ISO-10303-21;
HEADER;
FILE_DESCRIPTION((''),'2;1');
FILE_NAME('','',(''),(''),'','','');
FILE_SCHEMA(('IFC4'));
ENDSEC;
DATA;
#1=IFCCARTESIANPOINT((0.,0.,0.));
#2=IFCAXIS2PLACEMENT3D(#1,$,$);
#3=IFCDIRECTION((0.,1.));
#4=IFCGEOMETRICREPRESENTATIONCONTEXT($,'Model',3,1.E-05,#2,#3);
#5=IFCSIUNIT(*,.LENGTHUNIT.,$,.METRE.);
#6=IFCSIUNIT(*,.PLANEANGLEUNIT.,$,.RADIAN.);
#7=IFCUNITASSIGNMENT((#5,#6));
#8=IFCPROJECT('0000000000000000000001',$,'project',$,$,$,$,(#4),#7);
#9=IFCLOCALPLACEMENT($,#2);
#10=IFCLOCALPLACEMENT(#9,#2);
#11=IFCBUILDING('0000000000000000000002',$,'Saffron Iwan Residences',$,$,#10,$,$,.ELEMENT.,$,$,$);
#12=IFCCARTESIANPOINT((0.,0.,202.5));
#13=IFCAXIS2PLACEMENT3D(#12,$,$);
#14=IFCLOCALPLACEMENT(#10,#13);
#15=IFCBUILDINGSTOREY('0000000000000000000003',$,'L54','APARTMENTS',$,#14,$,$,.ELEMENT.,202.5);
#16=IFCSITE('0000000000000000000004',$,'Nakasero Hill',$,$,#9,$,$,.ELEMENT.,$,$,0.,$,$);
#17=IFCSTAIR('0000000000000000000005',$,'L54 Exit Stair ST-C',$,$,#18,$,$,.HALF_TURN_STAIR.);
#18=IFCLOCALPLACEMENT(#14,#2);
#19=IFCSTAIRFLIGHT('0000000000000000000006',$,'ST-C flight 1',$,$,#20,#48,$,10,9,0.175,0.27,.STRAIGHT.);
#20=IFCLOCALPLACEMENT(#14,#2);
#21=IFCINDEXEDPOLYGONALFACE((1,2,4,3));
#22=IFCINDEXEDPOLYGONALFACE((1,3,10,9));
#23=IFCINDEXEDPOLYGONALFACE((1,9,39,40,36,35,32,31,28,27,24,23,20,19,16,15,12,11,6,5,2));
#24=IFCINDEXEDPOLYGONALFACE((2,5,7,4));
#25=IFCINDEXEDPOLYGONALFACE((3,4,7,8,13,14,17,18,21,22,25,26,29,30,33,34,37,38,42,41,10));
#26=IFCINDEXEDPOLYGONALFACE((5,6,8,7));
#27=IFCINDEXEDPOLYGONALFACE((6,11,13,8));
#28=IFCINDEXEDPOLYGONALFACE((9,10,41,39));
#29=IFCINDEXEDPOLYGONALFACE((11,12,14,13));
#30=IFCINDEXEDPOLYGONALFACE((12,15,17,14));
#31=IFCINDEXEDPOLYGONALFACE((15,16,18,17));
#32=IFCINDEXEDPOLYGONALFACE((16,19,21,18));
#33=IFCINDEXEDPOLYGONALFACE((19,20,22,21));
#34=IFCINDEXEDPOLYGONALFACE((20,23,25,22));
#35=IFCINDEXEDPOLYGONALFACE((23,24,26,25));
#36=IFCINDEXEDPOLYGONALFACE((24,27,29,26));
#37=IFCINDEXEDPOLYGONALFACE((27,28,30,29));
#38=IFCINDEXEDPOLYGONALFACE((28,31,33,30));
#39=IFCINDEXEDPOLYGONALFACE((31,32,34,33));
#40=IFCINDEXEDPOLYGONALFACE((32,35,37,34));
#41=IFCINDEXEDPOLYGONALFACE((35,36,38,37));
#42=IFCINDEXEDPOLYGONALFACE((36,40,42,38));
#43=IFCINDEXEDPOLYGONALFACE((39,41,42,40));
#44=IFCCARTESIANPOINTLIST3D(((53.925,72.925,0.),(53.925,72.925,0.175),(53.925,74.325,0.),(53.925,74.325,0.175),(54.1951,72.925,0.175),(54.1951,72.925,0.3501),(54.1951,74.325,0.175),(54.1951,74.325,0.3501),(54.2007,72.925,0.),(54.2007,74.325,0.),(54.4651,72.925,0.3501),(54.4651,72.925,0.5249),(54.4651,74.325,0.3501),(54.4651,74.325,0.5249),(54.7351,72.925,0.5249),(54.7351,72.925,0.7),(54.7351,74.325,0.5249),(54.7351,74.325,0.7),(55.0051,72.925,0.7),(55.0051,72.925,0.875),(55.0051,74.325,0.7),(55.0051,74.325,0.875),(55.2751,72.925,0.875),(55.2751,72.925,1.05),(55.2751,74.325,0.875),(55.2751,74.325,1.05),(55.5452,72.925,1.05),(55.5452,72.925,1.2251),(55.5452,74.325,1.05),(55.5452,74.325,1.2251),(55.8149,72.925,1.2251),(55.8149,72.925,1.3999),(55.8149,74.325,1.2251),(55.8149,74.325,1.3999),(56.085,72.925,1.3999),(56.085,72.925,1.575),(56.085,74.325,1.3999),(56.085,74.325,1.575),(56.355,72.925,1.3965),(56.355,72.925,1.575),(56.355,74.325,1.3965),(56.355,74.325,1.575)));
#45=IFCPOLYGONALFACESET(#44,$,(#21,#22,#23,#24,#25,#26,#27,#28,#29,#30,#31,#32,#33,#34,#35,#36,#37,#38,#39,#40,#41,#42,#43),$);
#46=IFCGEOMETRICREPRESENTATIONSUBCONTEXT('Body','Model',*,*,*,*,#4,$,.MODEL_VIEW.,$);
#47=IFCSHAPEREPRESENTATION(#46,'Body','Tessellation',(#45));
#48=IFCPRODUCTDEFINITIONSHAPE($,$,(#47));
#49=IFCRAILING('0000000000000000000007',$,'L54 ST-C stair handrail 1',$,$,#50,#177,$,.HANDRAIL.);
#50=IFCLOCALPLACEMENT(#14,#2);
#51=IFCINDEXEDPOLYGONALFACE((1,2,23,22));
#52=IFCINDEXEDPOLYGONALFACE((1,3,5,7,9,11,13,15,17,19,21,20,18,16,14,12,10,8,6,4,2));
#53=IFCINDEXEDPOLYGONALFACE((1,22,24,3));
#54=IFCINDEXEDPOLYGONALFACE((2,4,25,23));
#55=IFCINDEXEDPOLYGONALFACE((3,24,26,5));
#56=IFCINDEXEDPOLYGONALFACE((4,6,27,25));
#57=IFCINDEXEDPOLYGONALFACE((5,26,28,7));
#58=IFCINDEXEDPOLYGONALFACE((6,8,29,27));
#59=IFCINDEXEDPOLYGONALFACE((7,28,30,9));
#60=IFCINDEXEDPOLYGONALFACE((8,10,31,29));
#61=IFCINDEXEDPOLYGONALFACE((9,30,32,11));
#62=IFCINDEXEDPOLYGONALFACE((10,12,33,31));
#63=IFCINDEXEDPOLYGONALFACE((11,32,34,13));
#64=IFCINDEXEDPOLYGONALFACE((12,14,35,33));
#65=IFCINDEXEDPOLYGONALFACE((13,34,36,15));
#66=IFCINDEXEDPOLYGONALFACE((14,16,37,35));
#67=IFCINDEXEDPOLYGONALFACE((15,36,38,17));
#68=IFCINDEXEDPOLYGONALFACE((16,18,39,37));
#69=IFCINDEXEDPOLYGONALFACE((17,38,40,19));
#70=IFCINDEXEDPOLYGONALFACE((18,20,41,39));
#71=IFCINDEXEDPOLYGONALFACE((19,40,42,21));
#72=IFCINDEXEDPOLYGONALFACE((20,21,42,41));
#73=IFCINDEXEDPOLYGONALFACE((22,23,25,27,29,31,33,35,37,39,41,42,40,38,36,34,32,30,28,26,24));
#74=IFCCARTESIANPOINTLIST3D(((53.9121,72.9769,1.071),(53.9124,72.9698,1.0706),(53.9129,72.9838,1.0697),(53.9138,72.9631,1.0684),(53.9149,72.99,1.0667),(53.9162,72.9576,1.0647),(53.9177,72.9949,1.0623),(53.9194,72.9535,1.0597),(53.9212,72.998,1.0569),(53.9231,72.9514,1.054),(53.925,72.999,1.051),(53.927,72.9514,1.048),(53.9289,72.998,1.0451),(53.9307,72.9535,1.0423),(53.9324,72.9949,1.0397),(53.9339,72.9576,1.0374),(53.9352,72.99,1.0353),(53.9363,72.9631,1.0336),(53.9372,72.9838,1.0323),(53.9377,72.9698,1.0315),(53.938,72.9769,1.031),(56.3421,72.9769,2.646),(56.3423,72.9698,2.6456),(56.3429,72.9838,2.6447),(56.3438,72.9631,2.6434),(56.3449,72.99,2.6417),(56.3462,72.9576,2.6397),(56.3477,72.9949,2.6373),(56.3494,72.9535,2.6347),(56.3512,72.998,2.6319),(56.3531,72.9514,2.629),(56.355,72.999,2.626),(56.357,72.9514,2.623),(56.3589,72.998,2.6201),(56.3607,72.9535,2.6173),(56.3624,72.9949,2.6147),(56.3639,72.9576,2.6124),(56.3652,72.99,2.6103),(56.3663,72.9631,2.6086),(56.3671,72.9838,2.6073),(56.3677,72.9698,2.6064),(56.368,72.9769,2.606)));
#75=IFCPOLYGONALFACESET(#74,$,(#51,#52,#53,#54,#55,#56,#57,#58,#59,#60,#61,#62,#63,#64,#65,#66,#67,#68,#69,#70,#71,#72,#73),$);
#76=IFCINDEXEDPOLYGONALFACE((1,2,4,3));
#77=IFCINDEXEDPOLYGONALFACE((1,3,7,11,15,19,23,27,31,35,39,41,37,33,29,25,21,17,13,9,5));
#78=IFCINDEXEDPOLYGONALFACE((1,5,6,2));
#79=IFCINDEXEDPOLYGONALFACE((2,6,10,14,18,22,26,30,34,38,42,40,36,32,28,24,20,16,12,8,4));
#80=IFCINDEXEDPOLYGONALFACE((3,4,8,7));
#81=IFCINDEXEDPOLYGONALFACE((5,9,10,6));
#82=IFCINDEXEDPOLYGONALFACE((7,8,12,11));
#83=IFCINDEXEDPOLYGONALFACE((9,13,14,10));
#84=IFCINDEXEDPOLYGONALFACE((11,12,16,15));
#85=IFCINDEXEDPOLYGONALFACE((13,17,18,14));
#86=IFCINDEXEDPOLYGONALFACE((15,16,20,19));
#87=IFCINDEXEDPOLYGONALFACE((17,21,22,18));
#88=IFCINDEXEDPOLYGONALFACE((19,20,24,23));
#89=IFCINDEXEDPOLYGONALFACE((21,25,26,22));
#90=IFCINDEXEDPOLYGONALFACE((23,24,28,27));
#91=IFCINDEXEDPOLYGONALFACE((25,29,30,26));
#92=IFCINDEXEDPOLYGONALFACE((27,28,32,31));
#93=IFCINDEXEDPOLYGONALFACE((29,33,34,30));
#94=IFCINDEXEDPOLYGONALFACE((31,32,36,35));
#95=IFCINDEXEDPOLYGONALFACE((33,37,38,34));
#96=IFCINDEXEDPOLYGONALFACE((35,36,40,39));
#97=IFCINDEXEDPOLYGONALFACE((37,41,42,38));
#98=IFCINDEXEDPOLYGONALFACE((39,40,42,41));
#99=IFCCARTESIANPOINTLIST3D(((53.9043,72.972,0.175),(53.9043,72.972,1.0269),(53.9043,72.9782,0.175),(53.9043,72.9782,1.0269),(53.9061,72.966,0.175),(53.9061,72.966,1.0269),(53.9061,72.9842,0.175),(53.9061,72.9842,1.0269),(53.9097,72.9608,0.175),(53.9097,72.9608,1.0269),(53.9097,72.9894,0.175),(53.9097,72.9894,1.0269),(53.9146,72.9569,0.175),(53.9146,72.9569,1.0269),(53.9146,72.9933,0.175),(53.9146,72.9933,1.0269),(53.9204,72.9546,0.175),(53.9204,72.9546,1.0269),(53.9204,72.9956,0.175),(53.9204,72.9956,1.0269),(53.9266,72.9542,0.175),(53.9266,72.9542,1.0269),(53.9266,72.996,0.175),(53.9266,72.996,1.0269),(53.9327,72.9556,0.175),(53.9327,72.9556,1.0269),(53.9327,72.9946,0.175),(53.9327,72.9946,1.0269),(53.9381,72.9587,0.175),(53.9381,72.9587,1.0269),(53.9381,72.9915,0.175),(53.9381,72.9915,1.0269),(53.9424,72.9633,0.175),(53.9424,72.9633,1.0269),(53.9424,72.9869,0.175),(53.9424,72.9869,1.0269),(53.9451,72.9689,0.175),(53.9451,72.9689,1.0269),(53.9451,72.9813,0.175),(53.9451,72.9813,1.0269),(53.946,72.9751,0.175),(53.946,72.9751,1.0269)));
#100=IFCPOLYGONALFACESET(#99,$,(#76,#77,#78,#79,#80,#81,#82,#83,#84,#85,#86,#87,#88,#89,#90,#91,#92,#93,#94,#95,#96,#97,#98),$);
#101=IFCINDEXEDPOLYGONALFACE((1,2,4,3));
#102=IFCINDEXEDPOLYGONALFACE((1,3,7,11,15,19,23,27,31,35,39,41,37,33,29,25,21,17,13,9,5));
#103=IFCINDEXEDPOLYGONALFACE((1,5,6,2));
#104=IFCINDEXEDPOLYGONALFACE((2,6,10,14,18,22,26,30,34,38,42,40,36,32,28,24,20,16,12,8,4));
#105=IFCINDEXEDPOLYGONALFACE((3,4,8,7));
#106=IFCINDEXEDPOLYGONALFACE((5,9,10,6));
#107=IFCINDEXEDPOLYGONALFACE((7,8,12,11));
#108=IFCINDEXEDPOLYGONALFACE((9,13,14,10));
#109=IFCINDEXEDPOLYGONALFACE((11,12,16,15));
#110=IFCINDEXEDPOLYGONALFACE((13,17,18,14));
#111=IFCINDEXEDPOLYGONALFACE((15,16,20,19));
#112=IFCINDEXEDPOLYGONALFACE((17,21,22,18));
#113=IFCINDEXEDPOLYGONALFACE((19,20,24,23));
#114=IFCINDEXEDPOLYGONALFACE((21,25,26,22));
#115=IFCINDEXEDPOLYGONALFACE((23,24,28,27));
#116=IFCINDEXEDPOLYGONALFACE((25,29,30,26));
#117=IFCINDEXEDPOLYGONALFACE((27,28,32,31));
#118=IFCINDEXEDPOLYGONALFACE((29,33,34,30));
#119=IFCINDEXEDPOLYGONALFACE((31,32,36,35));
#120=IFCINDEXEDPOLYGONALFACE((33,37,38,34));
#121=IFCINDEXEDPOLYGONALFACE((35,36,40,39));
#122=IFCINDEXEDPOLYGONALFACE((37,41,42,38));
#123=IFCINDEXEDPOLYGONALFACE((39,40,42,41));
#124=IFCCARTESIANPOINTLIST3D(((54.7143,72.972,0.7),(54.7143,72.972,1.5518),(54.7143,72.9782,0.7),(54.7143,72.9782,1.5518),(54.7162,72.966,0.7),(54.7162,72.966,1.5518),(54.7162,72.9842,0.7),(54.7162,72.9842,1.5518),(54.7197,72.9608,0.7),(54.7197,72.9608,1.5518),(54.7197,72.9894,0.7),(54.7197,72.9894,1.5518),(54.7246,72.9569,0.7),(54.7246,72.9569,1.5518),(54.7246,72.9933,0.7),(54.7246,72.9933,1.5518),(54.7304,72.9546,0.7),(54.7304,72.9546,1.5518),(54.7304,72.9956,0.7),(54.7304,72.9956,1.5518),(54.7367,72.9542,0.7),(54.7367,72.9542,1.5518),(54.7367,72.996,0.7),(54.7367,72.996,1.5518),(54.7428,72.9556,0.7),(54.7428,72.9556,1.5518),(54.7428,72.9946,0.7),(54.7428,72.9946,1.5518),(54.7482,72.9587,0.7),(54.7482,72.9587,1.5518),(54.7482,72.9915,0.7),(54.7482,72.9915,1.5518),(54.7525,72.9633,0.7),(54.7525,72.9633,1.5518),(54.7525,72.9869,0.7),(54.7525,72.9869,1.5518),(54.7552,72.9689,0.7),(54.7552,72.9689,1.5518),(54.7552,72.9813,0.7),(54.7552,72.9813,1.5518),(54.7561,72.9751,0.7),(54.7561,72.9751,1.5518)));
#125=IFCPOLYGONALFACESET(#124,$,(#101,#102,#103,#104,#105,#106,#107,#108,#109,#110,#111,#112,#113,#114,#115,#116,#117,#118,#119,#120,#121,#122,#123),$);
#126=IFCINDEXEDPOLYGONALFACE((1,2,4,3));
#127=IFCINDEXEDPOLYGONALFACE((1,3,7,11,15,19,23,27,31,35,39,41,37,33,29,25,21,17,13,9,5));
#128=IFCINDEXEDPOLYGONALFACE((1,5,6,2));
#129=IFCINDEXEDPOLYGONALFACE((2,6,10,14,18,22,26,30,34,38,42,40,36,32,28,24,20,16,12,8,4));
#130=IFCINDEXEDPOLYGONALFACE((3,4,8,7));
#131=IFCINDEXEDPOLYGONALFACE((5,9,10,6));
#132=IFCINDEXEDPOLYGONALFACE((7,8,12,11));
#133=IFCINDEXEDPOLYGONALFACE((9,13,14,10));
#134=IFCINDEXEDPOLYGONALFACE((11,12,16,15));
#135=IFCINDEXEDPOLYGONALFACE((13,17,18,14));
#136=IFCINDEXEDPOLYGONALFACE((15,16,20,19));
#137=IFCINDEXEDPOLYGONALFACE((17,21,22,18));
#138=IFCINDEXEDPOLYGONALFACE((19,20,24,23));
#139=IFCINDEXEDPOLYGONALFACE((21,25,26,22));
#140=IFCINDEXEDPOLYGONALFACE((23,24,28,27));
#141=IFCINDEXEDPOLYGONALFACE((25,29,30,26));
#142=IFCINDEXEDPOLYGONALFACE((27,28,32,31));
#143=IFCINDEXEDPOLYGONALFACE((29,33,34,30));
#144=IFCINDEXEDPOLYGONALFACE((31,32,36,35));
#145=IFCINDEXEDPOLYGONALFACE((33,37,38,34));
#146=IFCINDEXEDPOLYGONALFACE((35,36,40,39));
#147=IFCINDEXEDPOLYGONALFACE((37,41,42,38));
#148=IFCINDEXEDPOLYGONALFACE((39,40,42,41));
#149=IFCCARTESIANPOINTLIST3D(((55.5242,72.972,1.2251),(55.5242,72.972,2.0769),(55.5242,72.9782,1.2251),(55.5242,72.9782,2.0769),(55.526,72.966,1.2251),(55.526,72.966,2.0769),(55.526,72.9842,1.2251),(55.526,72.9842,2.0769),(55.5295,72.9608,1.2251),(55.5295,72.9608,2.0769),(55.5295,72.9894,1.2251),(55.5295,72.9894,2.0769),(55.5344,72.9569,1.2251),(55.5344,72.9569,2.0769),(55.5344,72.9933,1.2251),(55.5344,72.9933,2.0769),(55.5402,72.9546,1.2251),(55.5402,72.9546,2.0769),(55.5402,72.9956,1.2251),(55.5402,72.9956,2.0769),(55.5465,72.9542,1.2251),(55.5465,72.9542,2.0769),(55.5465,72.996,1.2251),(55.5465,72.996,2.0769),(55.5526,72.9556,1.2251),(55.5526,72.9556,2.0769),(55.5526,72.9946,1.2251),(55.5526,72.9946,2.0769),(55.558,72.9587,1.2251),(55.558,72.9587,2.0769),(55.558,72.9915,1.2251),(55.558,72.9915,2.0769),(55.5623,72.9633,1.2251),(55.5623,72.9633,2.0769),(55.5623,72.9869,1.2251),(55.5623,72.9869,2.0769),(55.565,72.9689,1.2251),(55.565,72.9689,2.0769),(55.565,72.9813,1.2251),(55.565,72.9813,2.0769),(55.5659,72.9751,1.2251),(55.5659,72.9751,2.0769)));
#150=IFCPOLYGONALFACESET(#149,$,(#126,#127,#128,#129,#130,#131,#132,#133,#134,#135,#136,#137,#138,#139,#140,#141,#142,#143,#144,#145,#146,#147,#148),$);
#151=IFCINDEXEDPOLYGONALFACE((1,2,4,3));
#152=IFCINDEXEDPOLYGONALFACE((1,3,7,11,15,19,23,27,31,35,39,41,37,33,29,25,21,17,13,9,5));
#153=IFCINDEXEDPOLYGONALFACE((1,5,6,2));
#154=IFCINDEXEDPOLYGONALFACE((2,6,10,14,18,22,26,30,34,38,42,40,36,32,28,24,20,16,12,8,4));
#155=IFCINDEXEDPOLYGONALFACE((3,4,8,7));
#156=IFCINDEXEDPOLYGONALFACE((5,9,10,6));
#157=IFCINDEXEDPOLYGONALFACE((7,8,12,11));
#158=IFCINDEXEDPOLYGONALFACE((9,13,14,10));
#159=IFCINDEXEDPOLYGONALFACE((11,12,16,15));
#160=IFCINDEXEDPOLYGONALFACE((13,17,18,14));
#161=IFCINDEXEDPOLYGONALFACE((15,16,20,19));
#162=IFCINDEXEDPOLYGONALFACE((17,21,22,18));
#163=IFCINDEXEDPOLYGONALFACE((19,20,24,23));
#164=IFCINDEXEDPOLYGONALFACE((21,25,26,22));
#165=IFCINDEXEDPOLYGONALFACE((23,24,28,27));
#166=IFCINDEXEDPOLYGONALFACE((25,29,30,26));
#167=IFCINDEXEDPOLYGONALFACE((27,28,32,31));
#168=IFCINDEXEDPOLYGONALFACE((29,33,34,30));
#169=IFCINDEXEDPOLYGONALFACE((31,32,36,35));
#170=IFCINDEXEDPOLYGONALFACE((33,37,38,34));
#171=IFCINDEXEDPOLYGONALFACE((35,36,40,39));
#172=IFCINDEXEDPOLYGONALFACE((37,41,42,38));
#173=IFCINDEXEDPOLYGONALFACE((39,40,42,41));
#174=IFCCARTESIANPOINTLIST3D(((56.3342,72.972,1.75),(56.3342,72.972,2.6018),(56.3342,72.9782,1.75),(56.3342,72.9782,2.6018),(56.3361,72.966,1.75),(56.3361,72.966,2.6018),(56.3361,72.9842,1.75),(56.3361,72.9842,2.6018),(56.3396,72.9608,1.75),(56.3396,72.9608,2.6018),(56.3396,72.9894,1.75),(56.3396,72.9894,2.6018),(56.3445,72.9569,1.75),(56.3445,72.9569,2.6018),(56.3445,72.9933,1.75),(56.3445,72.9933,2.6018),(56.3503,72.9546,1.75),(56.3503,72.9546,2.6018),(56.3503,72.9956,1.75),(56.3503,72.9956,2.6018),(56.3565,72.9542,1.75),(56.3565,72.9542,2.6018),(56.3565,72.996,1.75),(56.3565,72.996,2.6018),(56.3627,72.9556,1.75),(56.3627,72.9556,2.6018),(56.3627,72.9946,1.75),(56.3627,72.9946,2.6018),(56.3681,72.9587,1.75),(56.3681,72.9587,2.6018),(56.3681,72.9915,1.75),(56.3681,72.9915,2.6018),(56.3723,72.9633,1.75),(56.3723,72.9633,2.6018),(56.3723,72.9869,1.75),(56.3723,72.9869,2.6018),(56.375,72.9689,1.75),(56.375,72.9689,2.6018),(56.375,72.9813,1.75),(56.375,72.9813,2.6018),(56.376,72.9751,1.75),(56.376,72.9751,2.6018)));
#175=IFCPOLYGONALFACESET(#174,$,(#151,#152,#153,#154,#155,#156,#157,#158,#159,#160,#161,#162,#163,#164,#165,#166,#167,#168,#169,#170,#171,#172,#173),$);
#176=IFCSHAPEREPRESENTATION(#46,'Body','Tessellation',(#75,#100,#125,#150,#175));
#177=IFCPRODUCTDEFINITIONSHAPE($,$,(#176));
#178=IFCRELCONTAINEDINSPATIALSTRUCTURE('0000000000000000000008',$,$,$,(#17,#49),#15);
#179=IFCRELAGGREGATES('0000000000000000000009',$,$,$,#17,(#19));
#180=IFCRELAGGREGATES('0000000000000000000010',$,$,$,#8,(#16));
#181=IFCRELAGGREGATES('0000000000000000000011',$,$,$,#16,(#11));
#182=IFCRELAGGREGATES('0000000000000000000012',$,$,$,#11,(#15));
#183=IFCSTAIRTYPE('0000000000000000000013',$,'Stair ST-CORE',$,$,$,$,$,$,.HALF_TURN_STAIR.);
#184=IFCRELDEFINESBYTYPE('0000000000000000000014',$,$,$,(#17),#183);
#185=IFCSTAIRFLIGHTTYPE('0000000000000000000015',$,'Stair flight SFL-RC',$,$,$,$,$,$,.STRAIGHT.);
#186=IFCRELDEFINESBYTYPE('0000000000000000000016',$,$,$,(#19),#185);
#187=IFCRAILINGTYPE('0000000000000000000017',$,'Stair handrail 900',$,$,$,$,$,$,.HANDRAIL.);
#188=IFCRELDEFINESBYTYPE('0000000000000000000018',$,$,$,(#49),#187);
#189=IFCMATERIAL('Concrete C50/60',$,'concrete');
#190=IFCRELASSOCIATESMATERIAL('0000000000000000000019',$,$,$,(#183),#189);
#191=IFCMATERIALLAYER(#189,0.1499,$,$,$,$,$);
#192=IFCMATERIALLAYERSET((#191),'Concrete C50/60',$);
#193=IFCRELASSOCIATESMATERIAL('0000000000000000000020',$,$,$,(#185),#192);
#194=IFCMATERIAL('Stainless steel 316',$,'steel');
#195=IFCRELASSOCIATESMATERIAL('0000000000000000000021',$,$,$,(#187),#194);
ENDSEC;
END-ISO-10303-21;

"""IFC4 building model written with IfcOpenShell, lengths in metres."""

from ifc_helpers import new_model, si_unit, direction, frame, origin, origin_2d, place, context, subcontext, project, spatial, polyline, circle, outline, extrude, material, layer, layer_set, type_object, element, aggregate, save


model = new_model("IFC4")

# Units and contexts
model_context = context("Model", 3, precision=1e-05, world=origin(), true_north=direction((0.0, 1.0)))
body_context = subcontext(model_context, "Body", "Model", "MODEL_VIEW")
ifc_project = project(units=[si_unit("LENGTHUNIT", "METRE"), si_unit("PLANEANGLEUNIT", "RADIAN")], contexts=[model_context])

# Site, building, storey
site_placement = place(None, origin())
site = spatial("IfcSite", under=ifc_project, at=site_placement, Name="Nakasero Hill", CompositionType="ELEMENT", RefElevation=0.0)
building_placement = place(site_placement, origin())
building = spatial("IfcBuilding", under=site, at=building_placement, Name="Saffron Iwan Residences", CompositionType="ELEMENT")
storey_placement = place(building_placement, frame((0.0, 0.0, 202.5)))
storey = spatial("IfcBuildingStorey", under=building, at=storey_placement, Name="L54", Description="APARTMENTS", CompositionType="ELEMENT", Elevation=202.5)

# Shared definitions
ifc_material_1 = material(Name="Concrete C50/60", Category="concrete")

# Stair, stair flight
stair_type = type_object("IfcStairType", Name="Stair ST-CORE", PredefinedType="HALF_TURN_STAIR", material=ifc_material_1)
stair_placement = place(storey_placement, origin())
stair = element("IfcStair", 1, at=stair_placement, inside=storey, type_object=stair_type, Name="L54 Exit Stair ST-C", PredefinedType="HALF_TURN_STAIR")
ifc_layer_1 = layer(ifc_material_1, 0.1499)
ifc_layer_set_1 = layer_set([ifc_layer_1], Name="Concrete C50/60")
stair_flight_type = type_object("IfcStairFlightType", Name="Stair flight SFL-RC", PredefinedType="STRAIGHT", material=ifc_layer_set_1)
stair_flight_placement = place(storey_placement, frame((53.925, 73.625, 0.0), z_axis=(0.0, 0.0, 1.0), x_axis=(1.0, 0.0, 0.0)))
stair_flight = element("IfcStairFlight", 2, at=stair_flight_placement, type_object=stair_flight_type, Name="ST-C flight 1", NumberOfRisers=10, NumberOfTreads=9, PredefinedType="STRAIGHT", RiserHeight=0.175, TreadLength=0.27, context=body_context, shape_type="SweptSolid", body=[
    extrude(outline(polyline([(0.0, 0.0), (0.0, 0.175), (0.27, 0.175), (0.27, 0.3501), (0.54, 0.3501), (0.54, 0.5249), (0.8101, 0.5249), (0.8101, 0.7), (1.0801, 0.7), (1.0801, 0.875), (1.3501, 0.875), (1.3501, 1.05), (1.6201, 1.05), (1.6201, 1.2251), (1.8899, 1.2251), (1.8899, 1.3999), (2.1599, 1.3999), (2.1599, 1.575), (2.4299, 1.575), (2.4299, 1.75), (2.4299, 1.3965), (0.2756, 0.0), (0.0, 0.0)])), frame((0.0, 0.7, 0.0), z_axis=(0.0, -1.0, 0.0), x_axis=(1.0, 0.0, 0.0)), (0.0, 0.0, 1.0), 1.3999),
])
aggregate(stair, [stair_flight])

# Railing
ifc_material_2 = material(Name="Stainless steel 316", Category="steel")
railing_type_1 = type_object("IfcRailingType", Name="Stair handrail 900", PredefinedType="HANDRAIL", material=ifc_material_2)
railing_1_placement = place(storey_placement, frame((53.925, 72.9751, 0.175)))
element("IfcRailing", 3, at=railing_1_placement, inside=storey, type_object=railing_type_1, Name="L54 ST-C stair handrail 1", PredefinedType="HANDRAIL", context=body_context, shape_type="SweptSolid", body=[
    extrude(circle(Radius=0.0239, at=origin_2d()), frame((0.0, 0.0, 0.876), z_axis=(0.839154, 0.0, 0.543894), x_axis=(0.0, 1.0, 0.0)), (0.0, 0.0, 1.0), 2.8958),
    extrude(circle(Radius=0.021, at=origin_2d()), origin(), (0.0, 0.0, 1.0), 0.8518),
    extrude(circle(Radius=0.021, at=origin_2d()), frame((0.8101, 0.0, 0.5249)), (0.0, 0.0, 1.0), 0.8518),
    extrude(circle(Radius=0.021, at=origin_2d()), frame((1.6199, 0.0, 1.05)), (0.0, 0.0, 1.0), 0.8518),
    extrude(circle(Radius=0.021, at=origin_2d()), frame((2.4299, 0.0, 1.575)), (0.0, 0.0, 1.0), 0.8518),
])

save(model, "model.ifc")
